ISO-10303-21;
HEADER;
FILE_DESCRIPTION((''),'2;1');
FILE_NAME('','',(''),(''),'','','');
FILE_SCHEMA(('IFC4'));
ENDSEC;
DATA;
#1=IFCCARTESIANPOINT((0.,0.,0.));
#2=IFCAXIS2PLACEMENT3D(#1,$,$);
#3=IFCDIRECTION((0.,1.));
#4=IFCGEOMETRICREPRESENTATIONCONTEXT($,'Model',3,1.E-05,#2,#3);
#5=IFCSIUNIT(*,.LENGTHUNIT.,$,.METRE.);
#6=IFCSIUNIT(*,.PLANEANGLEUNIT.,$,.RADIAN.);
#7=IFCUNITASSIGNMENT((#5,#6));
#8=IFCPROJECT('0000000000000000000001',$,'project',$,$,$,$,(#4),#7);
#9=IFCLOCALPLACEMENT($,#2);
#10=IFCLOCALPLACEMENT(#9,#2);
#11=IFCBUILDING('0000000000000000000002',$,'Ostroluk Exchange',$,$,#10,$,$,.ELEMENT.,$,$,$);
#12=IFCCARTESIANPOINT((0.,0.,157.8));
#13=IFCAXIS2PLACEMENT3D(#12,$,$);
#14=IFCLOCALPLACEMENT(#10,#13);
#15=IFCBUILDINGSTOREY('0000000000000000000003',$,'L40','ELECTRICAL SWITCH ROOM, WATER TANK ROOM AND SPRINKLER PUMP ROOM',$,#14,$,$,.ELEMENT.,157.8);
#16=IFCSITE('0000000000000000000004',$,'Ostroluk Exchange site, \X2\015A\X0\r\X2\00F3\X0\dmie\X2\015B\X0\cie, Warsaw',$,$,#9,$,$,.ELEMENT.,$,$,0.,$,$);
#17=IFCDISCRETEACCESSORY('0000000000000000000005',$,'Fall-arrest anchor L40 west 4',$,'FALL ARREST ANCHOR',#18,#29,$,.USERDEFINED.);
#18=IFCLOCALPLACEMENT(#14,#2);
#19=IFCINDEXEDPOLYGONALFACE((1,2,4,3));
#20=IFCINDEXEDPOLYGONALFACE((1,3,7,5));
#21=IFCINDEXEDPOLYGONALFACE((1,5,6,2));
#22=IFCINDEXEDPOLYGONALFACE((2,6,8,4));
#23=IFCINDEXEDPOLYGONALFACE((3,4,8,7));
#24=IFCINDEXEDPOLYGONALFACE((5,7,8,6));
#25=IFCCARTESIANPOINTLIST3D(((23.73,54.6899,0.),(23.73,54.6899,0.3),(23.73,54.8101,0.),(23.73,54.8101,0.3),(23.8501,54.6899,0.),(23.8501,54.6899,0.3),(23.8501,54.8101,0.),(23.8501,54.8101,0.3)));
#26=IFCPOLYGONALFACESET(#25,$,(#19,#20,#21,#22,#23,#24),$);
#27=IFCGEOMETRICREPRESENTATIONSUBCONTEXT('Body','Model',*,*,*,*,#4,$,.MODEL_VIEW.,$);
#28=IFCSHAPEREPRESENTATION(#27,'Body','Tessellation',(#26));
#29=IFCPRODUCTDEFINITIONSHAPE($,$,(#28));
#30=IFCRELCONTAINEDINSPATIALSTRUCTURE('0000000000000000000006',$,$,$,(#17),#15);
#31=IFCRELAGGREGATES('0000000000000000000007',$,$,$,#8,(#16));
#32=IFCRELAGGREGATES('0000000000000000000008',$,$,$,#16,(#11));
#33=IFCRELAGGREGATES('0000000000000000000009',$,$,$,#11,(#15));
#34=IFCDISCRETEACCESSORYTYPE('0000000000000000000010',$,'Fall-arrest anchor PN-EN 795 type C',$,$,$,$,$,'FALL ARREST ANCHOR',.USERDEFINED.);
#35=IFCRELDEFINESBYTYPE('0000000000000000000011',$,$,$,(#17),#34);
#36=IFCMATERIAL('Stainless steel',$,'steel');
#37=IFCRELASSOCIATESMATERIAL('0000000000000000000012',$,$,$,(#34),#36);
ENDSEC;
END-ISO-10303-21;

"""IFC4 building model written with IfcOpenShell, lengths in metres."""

from ifc_helpers import new_model, si_unit, direction, frame, origin, origin_2d, place, context, subcontext, project, spatial, rectangle, extrude, material, type_object, element, save


model = new_model("IFC4")

# Units and contexts
model_context = context("Model", 3, precision=1e-05, world=origin(), true_north=direction((0.0, 1.0)))
body_context = subcontext(model_context, "Body", "Model", "MODEL_VIEW")
ifc_project = project(units=[si_unit("LENGTHUNIT", "METRE"), si_unit("PLANEANGLEUNIT", "RADIAN")], contexts=[model_context])

# Site, building, storey
site_placement = place(None, origin())
site = spatial("IfcSite", under=ifc_project, at=site_placement, Name="Ostroluk Exchange site, Śródmieście, Warsaw", CompositionType="ELEMENT", RefElevation=0.0)
building_placement = place(site_placement, origin())
building = spatial("IfcBuilding", under=site, at=building_placement, Name="Ostroluk Exchange", CompositionType="ELEMENT")
storey_placement = place(building_placement, frame((0.0, 0.0, 157.8)))
storey = spatial("IfcBuildingStorey", under=building, at=storey_placement, Name="L40", Description="ELECTRICAL SWITCH ROOM, WATER TANK ROOM AND SPRINKLER PUMP ROOM", CompositionType="ELEMENT", Elevation=157.8)

# Discrete accessory
ifc_material_1 = material(Name="Stainless steel", Category="steel")
discrete_accessory_type = type_object("IfcDiscreteAccessoryType", Name="Fall-arrest anchor PN-EN 795 type C", ElementType="FALL ARREST ANCHOR", PredefinedType="USERDEFINED", material=ifc_material_1)
for number, where, z_axis, x_axis, name in (
    (1, (23.79, 54.75, 0.0), (0.0, 0.0, 1.0), (1.0, 0.0, 0.0), "Fall-arrest anchor L40 west 4"),
):
    element("IfcDiscreteAccessory", number, at=place(storey_placement, frame(where, z_axis=z_axis, x_axis=x_axis)), inside=storey, type_object=discrete_accessory_type, Name=name, ObjectType="FALL ARREST ANCHOR", PredefinedType="USERDEFINED", context=body_context, shape_type="SweptSolid", body=[
        extrude(rectangle(XDim=0.1201, YDim=0.1201, at=origin_2d()), origin(), (0.0, 0.0, 1.0), 0.3),
    ])

save(model, "model.ifc")
